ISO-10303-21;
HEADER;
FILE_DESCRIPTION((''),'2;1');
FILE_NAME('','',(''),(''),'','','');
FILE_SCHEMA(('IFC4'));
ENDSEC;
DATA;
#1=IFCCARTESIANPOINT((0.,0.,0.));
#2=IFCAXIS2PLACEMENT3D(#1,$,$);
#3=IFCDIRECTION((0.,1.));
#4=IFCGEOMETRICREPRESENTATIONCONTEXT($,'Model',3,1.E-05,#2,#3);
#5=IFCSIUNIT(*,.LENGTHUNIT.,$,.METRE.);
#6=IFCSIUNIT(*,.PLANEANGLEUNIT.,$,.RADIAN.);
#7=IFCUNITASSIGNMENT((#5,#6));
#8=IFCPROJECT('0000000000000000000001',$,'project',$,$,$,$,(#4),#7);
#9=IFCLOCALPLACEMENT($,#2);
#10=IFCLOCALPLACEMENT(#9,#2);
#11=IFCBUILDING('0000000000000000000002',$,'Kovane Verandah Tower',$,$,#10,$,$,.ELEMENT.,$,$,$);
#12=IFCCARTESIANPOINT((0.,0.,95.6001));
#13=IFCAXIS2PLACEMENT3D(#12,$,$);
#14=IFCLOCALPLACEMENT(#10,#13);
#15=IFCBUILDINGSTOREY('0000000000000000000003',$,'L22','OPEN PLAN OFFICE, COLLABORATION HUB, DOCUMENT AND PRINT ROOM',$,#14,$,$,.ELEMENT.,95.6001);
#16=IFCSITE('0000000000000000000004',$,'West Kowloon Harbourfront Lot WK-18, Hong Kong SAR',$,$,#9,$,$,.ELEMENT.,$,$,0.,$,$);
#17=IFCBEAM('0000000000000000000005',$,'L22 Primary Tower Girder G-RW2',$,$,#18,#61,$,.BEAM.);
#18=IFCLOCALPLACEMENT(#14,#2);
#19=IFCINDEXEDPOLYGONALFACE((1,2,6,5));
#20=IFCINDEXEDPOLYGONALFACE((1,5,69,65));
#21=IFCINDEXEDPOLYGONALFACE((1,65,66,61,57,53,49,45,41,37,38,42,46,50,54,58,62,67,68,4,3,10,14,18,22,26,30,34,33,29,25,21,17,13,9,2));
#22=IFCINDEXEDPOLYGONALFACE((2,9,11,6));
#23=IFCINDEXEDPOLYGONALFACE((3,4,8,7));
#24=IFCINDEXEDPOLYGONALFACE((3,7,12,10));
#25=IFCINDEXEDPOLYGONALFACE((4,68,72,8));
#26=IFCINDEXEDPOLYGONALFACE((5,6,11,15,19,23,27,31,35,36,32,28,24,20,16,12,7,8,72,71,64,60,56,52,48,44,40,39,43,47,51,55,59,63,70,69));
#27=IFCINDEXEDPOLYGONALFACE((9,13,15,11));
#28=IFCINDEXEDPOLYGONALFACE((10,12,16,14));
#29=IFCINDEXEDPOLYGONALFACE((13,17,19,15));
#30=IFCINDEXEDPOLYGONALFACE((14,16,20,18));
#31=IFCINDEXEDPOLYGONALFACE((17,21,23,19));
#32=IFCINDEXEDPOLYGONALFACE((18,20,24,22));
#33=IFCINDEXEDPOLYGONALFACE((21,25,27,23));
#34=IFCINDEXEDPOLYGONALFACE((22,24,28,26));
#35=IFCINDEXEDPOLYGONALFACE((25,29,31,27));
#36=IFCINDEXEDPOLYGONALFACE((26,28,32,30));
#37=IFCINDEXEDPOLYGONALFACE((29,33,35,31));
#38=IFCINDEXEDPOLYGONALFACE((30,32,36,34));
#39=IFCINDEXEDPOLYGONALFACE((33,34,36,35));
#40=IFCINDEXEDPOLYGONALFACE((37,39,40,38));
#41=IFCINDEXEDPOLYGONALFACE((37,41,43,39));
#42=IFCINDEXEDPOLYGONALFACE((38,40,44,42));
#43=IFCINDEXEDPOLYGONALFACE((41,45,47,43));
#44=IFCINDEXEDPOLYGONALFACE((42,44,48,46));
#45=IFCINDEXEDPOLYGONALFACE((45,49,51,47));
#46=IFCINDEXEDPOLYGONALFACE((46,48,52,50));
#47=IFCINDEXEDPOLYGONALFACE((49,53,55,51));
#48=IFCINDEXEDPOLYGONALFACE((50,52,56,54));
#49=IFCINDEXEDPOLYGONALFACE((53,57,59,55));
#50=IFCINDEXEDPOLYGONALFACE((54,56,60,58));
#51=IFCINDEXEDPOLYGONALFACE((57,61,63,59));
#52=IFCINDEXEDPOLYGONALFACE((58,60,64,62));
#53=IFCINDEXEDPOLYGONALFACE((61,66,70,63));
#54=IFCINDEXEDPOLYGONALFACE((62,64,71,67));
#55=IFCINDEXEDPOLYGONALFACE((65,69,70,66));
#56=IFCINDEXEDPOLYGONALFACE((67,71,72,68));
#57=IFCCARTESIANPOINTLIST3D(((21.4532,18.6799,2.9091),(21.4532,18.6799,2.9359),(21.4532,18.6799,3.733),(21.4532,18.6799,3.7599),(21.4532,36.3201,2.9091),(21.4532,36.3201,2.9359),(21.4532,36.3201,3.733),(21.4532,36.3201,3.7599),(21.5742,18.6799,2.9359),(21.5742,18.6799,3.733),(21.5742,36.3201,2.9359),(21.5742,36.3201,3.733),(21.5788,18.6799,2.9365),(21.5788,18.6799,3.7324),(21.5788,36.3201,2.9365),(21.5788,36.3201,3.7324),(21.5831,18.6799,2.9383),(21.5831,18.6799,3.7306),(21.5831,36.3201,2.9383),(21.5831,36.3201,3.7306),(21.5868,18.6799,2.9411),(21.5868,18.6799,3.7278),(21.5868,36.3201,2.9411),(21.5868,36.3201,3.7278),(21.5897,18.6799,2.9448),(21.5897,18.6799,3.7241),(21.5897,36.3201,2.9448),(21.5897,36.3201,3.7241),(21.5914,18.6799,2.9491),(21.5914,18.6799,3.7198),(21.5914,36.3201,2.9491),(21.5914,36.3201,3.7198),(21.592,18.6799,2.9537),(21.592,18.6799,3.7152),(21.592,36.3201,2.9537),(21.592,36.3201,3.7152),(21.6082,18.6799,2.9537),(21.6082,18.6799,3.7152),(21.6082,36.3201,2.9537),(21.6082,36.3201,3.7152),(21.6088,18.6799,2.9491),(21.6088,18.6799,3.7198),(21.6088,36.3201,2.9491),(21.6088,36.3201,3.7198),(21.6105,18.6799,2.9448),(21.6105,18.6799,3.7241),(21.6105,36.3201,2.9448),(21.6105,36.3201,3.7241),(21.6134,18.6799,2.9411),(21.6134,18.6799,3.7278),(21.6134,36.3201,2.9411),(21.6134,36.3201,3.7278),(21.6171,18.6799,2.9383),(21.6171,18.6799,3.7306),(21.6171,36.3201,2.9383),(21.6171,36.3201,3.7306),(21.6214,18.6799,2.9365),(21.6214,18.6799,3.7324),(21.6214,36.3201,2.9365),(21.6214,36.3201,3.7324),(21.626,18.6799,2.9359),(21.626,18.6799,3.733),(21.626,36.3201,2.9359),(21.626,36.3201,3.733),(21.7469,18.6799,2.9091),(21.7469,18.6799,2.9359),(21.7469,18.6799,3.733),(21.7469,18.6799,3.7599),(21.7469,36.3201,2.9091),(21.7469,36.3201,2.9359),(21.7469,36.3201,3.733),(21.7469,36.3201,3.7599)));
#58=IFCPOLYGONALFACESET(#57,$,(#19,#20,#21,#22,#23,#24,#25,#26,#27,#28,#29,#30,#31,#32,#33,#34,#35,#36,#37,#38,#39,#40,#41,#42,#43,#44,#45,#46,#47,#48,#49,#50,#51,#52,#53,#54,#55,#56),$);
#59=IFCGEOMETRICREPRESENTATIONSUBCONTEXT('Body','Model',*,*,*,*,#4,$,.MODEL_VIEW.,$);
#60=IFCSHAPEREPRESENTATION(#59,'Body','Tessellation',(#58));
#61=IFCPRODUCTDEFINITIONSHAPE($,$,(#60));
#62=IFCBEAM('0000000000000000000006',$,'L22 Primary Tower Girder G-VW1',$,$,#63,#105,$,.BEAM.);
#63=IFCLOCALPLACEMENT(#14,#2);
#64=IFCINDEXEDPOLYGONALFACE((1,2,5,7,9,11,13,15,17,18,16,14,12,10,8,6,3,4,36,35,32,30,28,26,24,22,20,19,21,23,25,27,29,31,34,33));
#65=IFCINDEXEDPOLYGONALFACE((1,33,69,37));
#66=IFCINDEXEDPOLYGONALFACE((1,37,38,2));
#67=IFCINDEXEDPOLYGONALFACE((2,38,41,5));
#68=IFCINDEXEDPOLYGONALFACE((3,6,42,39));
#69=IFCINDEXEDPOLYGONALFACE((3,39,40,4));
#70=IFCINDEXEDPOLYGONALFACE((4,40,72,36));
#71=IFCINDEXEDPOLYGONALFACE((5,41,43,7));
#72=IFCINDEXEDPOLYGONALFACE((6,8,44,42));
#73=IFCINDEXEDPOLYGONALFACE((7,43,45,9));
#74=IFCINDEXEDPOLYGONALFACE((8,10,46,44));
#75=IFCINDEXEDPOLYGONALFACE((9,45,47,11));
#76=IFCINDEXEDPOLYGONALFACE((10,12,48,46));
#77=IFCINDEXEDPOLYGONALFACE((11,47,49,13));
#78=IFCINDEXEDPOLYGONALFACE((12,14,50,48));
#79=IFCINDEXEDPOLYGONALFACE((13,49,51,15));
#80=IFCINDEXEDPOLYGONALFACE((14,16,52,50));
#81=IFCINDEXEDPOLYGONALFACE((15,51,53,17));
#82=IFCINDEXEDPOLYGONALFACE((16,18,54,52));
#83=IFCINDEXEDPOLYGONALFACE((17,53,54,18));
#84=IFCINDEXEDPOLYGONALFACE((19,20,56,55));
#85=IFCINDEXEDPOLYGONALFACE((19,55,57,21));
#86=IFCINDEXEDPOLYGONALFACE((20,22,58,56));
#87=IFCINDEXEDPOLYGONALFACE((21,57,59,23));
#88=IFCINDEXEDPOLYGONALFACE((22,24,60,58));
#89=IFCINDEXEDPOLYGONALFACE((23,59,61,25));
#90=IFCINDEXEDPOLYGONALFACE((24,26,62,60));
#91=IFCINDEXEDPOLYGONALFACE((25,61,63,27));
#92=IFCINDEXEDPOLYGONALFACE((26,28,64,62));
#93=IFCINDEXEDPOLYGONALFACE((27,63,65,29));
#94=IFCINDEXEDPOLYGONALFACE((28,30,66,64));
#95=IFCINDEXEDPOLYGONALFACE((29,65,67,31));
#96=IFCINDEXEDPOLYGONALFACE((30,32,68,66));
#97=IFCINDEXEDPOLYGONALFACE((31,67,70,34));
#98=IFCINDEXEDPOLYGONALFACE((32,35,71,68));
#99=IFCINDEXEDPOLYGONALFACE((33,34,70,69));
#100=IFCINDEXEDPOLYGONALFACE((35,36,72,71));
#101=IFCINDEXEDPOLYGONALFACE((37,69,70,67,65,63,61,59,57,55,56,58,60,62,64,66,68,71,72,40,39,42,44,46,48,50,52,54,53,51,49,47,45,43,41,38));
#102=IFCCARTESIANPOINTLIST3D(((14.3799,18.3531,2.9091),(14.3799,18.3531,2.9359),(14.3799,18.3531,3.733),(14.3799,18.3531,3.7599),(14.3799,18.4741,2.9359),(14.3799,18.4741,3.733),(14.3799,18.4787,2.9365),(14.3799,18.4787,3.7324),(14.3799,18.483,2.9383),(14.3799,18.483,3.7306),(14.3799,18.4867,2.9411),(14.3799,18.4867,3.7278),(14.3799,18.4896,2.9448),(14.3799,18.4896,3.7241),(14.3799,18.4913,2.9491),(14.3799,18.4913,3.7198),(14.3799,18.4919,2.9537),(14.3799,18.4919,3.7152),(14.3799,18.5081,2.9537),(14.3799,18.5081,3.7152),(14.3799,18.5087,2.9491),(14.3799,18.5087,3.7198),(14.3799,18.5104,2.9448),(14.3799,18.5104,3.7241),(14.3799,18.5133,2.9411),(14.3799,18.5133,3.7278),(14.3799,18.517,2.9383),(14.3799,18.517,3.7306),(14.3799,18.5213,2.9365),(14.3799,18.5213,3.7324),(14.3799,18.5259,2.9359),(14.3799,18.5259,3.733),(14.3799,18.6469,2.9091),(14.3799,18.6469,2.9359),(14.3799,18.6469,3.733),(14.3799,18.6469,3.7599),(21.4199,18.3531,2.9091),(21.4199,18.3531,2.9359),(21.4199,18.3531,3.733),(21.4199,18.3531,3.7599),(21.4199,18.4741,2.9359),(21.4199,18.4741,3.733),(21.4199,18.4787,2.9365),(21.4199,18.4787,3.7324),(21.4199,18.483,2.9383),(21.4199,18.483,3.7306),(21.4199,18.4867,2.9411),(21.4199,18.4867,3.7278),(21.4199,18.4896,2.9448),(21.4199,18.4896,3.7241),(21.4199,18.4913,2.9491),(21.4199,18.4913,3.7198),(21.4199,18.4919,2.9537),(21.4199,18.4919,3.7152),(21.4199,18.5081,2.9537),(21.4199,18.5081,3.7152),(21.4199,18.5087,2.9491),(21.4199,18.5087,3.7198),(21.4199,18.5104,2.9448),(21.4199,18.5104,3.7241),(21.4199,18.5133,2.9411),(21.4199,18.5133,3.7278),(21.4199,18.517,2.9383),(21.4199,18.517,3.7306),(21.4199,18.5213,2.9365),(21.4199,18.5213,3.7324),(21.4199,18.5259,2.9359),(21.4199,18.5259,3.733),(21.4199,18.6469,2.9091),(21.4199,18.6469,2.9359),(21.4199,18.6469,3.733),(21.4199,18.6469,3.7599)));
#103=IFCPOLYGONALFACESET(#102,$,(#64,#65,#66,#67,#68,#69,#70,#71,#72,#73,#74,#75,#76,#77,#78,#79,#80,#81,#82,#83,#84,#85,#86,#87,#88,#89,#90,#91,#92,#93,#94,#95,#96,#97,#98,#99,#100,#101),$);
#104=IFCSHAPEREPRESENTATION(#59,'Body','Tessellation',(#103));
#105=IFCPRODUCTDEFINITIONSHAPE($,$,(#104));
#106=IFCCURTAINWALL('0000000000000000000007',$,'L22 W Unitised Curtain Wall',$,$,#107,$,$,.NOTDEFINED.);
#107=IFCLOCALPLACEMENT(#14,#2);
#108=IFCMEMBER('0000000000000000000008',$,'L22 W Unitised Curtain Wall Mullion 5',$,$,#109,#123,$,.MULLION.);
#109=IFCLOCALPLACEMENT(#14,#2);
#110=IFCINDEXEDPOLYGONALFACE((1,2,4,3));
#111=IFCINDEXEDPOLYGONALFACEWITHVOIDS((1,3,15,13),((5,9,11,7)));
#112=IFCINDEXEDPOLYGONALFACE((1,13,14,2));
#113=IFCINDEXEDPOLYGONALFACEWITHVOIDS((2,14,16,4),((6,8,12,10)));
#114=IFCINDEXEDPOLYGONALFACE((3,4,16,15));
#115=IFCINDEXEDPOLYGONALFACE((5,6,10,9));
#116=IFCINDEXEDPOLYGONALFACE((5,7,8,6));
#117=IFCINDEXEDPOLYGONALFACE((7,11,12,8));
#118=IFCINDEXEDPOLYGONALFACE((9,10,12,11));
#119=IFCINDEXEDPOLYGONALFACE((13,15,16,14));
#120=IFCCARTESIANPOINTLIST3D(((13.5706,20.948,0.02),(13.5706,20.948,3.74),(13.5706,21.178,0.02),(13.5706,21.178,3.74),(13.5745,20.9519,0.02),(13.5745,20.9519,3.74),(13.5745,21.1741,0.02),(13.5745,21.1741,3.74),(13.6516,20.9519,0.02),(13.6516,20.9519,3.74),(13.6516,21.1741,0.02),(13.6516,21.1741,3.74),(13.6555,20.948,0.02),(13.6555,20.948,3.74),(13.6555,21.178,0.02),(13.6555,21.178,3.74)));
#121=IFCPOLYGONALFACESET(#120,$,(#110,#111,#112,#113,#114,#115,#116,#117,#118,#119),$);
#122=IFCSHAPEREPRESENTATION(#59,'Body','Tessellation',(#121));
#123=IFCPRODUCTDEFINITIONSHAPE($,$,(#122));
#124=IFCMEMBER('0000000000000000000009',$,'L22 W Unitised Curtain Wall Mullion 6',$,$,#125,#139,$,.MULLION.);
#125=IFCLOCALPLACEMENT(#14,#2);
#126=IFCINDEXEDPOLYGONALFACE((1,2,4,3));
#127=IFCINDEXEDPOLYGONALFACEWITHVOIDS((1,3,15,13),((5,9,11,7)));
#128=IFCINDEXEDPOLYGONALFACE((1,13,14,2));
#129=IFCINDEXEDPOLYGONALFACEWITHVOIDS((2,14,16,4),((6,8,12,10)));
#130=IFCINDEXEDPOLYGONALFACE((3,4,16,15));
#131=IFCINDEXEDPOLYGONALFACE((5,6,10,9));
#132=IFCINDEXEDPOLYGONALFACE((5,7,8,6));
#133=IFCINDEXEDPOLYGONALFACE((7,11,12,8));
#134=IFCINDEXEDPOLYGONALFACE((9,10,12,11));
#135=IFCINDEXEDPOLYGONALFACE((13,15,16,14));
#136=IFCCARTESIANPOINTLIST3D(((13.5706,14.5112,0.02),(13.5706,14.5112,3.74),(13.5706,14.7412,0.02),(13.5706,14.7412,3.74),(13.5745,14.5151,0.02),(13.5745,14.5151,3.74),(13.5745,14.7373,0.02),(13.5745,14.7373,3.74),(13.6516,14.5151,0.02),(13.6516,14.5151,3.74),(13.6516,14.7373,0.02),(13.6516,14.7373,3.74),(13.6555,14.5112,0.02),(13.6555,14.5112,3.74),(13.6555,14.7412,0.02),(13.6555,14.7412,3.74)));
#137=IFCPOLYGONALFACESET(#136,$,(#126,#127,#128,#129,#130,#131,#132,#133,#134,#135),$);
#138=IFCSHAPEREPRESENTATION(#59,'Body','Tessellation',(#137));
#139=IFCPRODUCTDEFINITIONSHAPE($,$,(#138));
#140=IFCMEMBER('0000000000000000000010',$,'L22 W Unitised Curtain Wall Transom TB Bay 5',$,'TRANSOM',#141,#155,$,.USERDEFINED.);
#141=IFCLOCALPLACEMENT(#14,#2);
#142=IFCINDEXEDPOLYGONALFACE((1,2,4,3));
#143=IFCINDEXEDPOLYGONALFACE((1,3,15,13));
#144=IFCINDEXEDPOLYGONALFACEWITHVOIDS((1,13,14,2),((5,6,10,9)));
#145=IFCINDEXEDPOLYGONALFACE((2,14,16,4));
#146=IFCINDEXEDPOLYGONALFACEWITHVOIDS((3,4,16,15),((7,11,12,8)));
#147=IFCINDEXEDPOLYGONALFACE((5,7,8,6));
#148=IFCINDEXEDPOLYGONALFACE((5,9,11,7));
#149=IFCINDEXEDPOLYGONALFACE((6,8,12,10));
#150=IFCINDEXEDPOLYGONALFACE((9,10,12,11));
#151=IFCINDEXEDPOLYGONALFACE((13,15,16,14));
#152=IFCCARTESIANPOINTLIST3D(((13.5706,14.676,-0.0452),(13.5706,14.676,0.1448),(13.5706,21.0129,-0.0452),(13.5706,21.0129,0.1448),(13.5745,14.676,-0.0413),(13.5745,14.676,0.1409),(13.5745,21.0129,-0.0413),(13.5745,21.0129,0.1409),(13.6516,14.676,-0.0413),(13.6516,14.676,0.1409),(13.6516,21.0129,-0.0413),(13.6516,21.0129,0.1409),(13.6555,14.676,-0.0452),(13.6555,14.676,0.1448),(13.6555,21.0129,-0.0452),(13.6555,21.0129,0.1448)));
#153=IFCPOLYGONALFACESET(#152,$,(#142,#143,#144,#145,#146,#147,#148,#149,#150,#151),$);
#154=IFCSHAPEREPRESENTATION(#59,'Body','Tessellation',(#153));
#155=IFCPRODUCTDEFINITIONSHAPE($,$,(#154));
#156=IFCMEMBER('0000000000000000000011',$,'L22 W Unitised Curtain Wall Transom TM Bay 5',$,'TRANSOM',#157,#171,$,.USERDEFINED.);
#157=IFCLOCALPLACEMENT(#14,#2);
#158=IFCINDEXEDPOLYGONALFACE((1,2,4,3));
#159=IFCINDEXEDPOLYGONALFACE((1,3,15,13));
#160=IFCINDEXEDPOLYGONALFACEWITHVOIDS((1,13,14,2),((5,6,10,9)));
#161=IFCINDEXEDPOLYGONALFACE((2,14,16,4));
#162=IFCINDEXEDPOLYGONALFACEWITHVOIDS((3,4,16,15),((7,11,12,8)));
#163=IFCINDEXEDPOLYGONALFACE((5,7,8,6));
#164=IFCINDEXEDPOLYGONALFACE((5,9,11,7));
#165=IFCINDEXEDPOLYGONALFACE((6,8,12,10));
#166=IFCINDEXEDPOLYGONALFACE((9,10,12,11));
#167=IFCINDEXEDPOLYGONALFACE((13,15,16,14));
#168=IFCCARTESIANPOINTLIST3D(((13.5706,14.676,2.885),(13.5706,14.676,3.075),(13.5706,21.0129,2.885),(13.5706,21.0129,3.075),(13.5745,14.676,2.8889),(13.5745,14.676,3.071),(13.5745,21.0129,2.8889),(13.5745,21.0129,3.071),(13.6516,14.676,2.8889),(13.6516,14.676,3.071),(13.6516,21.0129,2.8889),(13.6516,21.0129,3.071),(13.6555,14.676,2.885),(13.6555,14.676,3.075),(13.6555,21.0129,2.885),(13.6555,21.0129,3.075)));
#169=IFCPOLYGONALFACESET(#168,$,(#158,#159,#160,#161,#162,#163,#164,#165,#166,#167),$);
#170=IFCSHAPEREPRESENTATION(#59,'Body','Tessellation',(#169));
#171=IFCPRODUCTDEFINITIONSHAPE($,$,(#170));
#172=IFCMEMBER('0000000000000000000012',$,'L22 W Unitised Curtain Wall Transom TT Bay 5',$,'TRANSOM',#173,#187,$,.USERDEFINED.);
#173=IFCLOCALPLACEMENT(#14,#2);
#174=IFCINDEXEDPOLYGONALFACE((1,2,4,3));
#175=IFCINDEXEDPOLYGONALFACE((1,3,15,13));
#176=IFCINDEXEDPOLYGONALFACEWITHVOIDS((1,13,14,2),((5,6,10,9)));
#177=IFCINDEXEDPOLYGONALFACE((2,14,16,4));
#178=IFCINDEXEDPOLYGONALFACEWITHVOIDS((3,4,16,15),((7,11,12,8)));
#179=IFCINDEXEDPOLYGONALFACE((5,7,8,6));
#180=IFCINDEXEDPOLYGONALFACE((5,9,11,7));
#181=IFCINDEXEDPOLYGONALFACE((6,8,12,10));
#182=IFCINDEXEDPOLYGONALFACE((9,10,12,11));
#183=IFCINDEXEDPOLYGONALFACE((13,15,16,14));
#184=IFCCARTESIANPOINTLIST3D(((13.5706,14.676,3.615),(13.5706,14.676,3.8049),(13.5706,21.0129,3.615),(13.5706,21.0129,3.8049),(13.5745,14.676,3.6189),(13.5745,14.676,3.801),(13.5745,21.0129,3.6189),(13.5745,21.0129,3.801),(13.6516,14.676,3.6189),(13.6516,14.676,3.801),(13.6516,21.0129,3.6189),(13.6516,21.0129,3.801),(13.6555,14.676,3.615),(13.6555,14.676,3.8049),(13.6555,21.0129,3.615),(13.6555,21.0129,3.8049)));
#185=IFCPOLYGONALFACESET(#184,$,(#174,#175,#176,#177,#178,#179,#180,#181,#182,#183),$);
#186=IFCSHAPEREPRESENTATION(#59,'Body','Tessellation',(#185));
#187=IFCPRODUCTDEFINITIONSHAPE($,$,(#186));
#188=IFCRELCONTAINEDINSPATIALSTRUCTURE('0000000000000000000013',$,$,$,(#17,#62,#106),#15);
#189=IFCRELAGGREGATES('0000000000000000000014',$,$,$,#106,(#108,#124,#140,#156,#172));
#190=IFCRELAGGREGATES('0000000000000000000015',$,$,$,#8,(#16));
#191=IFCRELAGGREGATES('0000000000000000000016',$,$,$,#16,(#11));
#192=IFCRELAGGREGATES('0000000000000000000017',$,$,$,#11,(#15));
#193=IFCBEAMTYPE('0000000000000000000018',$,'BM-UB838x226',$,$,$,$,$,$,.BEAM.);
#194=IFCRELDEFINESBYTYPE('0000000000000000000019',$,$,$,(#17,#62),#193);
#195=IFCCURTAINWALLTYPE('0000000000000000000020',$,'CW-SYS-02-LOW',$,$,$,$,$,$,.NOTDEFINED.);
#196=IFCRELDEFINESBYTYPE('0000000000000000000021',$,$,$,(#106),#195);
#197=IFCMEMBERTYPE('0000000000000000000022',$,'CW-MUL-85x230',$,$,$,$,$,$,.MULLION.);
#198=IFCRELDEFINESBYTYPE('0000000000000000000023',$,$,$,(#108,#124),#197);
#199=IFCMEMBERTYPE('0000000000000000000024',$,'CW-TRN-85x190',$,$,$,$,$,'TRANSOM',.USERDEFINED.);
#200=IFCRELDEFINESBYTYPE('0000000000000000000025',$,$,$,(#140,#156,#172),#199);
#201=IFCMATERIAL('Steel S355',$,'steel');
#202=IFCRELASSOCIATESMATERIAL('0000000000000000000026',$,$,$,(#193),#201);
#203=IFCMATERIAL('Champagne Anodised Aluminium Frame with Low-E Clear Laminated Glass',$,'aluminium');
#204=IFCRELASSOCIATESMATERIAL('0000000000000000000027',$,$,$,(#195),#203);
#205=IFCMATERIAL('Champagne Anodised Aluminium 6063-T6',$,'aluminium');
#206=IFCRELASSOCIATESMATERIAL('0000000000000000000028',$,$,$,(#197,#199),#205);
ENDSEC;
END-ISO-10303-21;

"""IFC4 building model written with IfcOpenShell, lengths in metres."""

from ifc_helpers import new_model, si_unit, direction, frame, origin, origin_2d, place, context, subcontext, project, spatial, hollow_rectangle, i_section, extrude, material, material_profile, profile_set, type_object, element, aggregate, save


model = new_model("IFC4")

# Units and contexts
model_context = context("Model", 3, precision=1e-05, world=origin(), true_north=direction((0.0, 1.0)))
body_context = subcontext(model_context, "Body", "Model", "MODEL_VIEW")
ifc_project = project(units=[si_unit("LENGTHUNIT", "METRE"), si_unit("PLANEANGLEUNIT", "RADIAN")], contexts=[model_context])

# Site, building, storey
site_placement = place(None, origin())
site = spatial("IfcSite", under=ifc_project, at=site_placement, Name="West Kowloon Harbourfront Lot WK-18, Hong Kong SAR", CompositionType="ELEMENT", RefElevation=0.0)
building_placement = place(site_placement, origin())
building = spatial("IfcBuilding", under=site, at=building_placement, Name="Kovane Verandah Tower", CompositionType="ELEMENT")
storey_placement = place(building_placement, frame((0.0, 0.0, 95.6001)))
storey = spatial("IfcBuildingStorey", under=building, at=storey_placement, Name="L22", Description="OPEN PLAN OFFICE, COLLABORATION HUB, DOCUMENT AND PRINT ROOM", CompositionType="ELEMENT", Elevation=95.6001)

# Beams
ifc_material_1 = material(Name="Steel S355", Category="steel")
ifc_material_profile_1 = material_profile(ifc_material_1, i_section(OverallWidth=0.2937, OverallDepth=0.8508, WebThickness=0.0161, FlangeThickness=0.0269, FilletRadius=0.0178, at=origin_2d()), Name="UB838x292x226")
ifc_profile_set_1 = profile_set([ifc_material_profile_1], Name="Steel S355")
beam_type_1 = type_object("IfcBeamType", Name="BM-UB838x226", PredefinedType="BEAM", material=ifc_profile_set_1)
beam_1_placement = place(storey_placement, frame((21.6001, 18.6799, 3.3345), z_axis=(0.0, 1.0, 0.0), x_axis=(-1.0, 0.0, 0.0)))
element("IfcBeam", 1, at=beam_1_placement, inside=storey, type_object=beam_type_1, Name="L22 Primary Tower Girder G-RW2", PredefinedType="BEAM", context=body_context, shape_type="SweptSolid", body=[
    extrude(i_section(OverallWidth=0.2937, OverallDepth=0.8508, WebThickness=0.0161, FlangeThickness=0.0269, FilletRadius=0.0178, at=origin_2d()), origin(), (0.0, 0.0, 1.0), 17.6401),
])
beam_2_placement = place(storey_placement, frame((21.4199, 18.5, 3.3345), z_axis=(-1.0, 0.0, 0.0), x_axis=(0.0, -1.0, 0.0)))
element("IfcBeam", 2, at=beam_2_placement, inside=storey, type_object=beam_type_1, Name="L22 Primary Tower Girder G-VW1", PredefinedType="BEAM", context=body_context, shape_type="SweptSolid", body=[
    extrude(i_section(OverallWidth=0.2937, OverallDepth=0.8508, WebThickness=0.0161, FlangeThickness=0.0269, FilletRadius=0.0178, at=origin_2d()), origin(), (0.0, 0.0, 1.0), 7.04),
])

# Curtain wall, members
ifc_material_2 = material(Name="Champagne Anodised Aluminium Frame with Low-E Clear Laminated Glass", Category="aluminium")
curtain_wall_type = type_object("IfcCurtainWallType", Name="CW-SYS-02-LOW", PredefinedType="NOTDEFINED", material=ifc_material_2)
curtain_wall_placement = place(storey_placement, origin())
curtain_wall = element("IfcCurtainWall", 3, at=curtain_wall_placement, inside=storey, type_object=curtain_wall_type, Name="L22 W Unitised Curtain Wall", PredefinedType="NOTDEFINED")
ifc_material_3 = material(Name="Champagne Anodised Aluminium 6063-T6", Category="aluminium")
ifc_material_profile_2 = material_profile(ifc_material_3, hollow_rectangle(XDim=0.085, YDim=0.23, WallThickness=0.0039, at=origin_2d()), Name="AL85x230x4")
ifc_profile_set_2 = profile_set([ifc_material_profile_2], Name="Champagne Anodised Aluminium 6063-T6")
member_type_1 = type_object("IfcMemberType", Name="CW-MUL-85x230", PredefinedType="MULLION", material=ifc_profile_set_2)
member_1_placement = place(storey_placement, frame((13.613, 21.063, 0.02), z_axis=(0.0, 0.0, 1.0), x_axis=(-1.0, 0.0, 0.0)))
member_1 = element("IfcMember", 4, at=member_1_placement, type_object=member_type_1, Name="L22 W Unitised Curtain Wall Mullion 5", PredefinedType="MULLION", context=body_context, shape_type="SweptSolid", body=[
    extrude(hollow_rectangle(XDim=0.085, YDim=0.23, WallThickness=0.0039, at=origin_2d()), origin(), (0.0, 0.0, 1.0), 3.72),
])
member_2_placement = place(storey_placement, frame((13.613, 14.6262, 0.02), z_axis=(0.0, 0.0, 1.0), x_axis=(-1.0, 0.0, 0.0)))
member_2 = element("IfcMember", 5, at=member_2_placement, type_object=member_type_1, Name="L22 W Unitised Curtain Wall Mullion 6", PredefinedType="MULLION", context=body_context, shape_type="SweptSolid", body=[
    extrude(hollow_rectangle(XDim=0.085, YDim=0.23, WallThickness=0.0039, at=origin_2d()), origin(), (0.0, 0.0, 1.0), 3.72),
])
ifc_material_profile_3 = material_profile(ifc_material_3, hollow_rectangle(XDim=0.085, YDim=0.1899, WallThickness=0.0039, at=origin_2d()), Name="AL85x190x4")
ifc_profile_set_3 = profile_set([ifc_material_profile_3], Name="Champagne Anodised Aluminium 6063-T6")
member_type_2 = type_object("IfcMemberType", Name="CW-TRN-85x190", ElementType="TRANSOM", PredefinedType="USERDEFINED", material=ifc_profile_set_3)
member_3_placement = place(storey_placement, frame((13.613, 21.0129, 0.0498), z_axis=(0.0, -1.0, 0.0), x_axis=(1.0, 0.0, 0.0)))
member_3 = element("IfcMember", 6, at=member_3_placement, type_object=member_type_2, Name="L22 W Unitised Curtain Wall Transom TB Bay 5", ObjectType="TRANSOM", PredefinedType="USERDEFINED", context=body_context, shape_type="SweptSolid", body=[
    extrude(hollow_rectangle(XDim=0.085, YDim=0.1899, WallThickness=0.0039, at=origin_2d()), origin(), (0.0, 0.0, 1.0), 6.3369),
])
member_4_placement = place(storey_placement, frame((13.613, 21.0129, 2.98), z_axis=(0.0, -1.0, 0.0), x_axis=(1.0, 0.0, 0.0)))
member_4 = element("IfcMember", 7, at=member_4_placement, type_object=member_type_2, Name="L22 W Unitised Curtain Wall Transom TM Bay 5", ObjectType="TRANSOM", PredefinedType="USERDEFINED", context=body_context, shape_type="SweptSolid", body=[
    extrude(hollow_rectangle(XDim=0.085, YDim=0.1899, WallThickness=0.0039, at=origin_2d()), origin(), (0.0, 0.0, 1.0), 6.3369),
])
member_5_placement = place(storey_placement, frame((13.613, 21.0129, 3.71), z_axis=(0.0, -1.0, 0.0), x_axis=(1.0, 0.0, 0.0)))
member_5 = element("IfcMember", 8, at=member_5_placement, type_object=member_type_2, Name="L22 W Unitised Curtain Wall Transom TT Bay 5", ObjectType="TRANSOM", PredefinedType="USERDEFINED", context=body_context, shape_type="SweptSolid", body=[
    extrude(hollow_rectangle(XDim=0.085, YDim=0.1899, WallThickness=0.0039, at=origin_2d()), origin(), (0.0, 0.0, 1.0), 6.3369),
])

aggregate(curtain_wall, [member_1, member_2, member_3, member_4, member_5])

save(model, "model.ifc")
